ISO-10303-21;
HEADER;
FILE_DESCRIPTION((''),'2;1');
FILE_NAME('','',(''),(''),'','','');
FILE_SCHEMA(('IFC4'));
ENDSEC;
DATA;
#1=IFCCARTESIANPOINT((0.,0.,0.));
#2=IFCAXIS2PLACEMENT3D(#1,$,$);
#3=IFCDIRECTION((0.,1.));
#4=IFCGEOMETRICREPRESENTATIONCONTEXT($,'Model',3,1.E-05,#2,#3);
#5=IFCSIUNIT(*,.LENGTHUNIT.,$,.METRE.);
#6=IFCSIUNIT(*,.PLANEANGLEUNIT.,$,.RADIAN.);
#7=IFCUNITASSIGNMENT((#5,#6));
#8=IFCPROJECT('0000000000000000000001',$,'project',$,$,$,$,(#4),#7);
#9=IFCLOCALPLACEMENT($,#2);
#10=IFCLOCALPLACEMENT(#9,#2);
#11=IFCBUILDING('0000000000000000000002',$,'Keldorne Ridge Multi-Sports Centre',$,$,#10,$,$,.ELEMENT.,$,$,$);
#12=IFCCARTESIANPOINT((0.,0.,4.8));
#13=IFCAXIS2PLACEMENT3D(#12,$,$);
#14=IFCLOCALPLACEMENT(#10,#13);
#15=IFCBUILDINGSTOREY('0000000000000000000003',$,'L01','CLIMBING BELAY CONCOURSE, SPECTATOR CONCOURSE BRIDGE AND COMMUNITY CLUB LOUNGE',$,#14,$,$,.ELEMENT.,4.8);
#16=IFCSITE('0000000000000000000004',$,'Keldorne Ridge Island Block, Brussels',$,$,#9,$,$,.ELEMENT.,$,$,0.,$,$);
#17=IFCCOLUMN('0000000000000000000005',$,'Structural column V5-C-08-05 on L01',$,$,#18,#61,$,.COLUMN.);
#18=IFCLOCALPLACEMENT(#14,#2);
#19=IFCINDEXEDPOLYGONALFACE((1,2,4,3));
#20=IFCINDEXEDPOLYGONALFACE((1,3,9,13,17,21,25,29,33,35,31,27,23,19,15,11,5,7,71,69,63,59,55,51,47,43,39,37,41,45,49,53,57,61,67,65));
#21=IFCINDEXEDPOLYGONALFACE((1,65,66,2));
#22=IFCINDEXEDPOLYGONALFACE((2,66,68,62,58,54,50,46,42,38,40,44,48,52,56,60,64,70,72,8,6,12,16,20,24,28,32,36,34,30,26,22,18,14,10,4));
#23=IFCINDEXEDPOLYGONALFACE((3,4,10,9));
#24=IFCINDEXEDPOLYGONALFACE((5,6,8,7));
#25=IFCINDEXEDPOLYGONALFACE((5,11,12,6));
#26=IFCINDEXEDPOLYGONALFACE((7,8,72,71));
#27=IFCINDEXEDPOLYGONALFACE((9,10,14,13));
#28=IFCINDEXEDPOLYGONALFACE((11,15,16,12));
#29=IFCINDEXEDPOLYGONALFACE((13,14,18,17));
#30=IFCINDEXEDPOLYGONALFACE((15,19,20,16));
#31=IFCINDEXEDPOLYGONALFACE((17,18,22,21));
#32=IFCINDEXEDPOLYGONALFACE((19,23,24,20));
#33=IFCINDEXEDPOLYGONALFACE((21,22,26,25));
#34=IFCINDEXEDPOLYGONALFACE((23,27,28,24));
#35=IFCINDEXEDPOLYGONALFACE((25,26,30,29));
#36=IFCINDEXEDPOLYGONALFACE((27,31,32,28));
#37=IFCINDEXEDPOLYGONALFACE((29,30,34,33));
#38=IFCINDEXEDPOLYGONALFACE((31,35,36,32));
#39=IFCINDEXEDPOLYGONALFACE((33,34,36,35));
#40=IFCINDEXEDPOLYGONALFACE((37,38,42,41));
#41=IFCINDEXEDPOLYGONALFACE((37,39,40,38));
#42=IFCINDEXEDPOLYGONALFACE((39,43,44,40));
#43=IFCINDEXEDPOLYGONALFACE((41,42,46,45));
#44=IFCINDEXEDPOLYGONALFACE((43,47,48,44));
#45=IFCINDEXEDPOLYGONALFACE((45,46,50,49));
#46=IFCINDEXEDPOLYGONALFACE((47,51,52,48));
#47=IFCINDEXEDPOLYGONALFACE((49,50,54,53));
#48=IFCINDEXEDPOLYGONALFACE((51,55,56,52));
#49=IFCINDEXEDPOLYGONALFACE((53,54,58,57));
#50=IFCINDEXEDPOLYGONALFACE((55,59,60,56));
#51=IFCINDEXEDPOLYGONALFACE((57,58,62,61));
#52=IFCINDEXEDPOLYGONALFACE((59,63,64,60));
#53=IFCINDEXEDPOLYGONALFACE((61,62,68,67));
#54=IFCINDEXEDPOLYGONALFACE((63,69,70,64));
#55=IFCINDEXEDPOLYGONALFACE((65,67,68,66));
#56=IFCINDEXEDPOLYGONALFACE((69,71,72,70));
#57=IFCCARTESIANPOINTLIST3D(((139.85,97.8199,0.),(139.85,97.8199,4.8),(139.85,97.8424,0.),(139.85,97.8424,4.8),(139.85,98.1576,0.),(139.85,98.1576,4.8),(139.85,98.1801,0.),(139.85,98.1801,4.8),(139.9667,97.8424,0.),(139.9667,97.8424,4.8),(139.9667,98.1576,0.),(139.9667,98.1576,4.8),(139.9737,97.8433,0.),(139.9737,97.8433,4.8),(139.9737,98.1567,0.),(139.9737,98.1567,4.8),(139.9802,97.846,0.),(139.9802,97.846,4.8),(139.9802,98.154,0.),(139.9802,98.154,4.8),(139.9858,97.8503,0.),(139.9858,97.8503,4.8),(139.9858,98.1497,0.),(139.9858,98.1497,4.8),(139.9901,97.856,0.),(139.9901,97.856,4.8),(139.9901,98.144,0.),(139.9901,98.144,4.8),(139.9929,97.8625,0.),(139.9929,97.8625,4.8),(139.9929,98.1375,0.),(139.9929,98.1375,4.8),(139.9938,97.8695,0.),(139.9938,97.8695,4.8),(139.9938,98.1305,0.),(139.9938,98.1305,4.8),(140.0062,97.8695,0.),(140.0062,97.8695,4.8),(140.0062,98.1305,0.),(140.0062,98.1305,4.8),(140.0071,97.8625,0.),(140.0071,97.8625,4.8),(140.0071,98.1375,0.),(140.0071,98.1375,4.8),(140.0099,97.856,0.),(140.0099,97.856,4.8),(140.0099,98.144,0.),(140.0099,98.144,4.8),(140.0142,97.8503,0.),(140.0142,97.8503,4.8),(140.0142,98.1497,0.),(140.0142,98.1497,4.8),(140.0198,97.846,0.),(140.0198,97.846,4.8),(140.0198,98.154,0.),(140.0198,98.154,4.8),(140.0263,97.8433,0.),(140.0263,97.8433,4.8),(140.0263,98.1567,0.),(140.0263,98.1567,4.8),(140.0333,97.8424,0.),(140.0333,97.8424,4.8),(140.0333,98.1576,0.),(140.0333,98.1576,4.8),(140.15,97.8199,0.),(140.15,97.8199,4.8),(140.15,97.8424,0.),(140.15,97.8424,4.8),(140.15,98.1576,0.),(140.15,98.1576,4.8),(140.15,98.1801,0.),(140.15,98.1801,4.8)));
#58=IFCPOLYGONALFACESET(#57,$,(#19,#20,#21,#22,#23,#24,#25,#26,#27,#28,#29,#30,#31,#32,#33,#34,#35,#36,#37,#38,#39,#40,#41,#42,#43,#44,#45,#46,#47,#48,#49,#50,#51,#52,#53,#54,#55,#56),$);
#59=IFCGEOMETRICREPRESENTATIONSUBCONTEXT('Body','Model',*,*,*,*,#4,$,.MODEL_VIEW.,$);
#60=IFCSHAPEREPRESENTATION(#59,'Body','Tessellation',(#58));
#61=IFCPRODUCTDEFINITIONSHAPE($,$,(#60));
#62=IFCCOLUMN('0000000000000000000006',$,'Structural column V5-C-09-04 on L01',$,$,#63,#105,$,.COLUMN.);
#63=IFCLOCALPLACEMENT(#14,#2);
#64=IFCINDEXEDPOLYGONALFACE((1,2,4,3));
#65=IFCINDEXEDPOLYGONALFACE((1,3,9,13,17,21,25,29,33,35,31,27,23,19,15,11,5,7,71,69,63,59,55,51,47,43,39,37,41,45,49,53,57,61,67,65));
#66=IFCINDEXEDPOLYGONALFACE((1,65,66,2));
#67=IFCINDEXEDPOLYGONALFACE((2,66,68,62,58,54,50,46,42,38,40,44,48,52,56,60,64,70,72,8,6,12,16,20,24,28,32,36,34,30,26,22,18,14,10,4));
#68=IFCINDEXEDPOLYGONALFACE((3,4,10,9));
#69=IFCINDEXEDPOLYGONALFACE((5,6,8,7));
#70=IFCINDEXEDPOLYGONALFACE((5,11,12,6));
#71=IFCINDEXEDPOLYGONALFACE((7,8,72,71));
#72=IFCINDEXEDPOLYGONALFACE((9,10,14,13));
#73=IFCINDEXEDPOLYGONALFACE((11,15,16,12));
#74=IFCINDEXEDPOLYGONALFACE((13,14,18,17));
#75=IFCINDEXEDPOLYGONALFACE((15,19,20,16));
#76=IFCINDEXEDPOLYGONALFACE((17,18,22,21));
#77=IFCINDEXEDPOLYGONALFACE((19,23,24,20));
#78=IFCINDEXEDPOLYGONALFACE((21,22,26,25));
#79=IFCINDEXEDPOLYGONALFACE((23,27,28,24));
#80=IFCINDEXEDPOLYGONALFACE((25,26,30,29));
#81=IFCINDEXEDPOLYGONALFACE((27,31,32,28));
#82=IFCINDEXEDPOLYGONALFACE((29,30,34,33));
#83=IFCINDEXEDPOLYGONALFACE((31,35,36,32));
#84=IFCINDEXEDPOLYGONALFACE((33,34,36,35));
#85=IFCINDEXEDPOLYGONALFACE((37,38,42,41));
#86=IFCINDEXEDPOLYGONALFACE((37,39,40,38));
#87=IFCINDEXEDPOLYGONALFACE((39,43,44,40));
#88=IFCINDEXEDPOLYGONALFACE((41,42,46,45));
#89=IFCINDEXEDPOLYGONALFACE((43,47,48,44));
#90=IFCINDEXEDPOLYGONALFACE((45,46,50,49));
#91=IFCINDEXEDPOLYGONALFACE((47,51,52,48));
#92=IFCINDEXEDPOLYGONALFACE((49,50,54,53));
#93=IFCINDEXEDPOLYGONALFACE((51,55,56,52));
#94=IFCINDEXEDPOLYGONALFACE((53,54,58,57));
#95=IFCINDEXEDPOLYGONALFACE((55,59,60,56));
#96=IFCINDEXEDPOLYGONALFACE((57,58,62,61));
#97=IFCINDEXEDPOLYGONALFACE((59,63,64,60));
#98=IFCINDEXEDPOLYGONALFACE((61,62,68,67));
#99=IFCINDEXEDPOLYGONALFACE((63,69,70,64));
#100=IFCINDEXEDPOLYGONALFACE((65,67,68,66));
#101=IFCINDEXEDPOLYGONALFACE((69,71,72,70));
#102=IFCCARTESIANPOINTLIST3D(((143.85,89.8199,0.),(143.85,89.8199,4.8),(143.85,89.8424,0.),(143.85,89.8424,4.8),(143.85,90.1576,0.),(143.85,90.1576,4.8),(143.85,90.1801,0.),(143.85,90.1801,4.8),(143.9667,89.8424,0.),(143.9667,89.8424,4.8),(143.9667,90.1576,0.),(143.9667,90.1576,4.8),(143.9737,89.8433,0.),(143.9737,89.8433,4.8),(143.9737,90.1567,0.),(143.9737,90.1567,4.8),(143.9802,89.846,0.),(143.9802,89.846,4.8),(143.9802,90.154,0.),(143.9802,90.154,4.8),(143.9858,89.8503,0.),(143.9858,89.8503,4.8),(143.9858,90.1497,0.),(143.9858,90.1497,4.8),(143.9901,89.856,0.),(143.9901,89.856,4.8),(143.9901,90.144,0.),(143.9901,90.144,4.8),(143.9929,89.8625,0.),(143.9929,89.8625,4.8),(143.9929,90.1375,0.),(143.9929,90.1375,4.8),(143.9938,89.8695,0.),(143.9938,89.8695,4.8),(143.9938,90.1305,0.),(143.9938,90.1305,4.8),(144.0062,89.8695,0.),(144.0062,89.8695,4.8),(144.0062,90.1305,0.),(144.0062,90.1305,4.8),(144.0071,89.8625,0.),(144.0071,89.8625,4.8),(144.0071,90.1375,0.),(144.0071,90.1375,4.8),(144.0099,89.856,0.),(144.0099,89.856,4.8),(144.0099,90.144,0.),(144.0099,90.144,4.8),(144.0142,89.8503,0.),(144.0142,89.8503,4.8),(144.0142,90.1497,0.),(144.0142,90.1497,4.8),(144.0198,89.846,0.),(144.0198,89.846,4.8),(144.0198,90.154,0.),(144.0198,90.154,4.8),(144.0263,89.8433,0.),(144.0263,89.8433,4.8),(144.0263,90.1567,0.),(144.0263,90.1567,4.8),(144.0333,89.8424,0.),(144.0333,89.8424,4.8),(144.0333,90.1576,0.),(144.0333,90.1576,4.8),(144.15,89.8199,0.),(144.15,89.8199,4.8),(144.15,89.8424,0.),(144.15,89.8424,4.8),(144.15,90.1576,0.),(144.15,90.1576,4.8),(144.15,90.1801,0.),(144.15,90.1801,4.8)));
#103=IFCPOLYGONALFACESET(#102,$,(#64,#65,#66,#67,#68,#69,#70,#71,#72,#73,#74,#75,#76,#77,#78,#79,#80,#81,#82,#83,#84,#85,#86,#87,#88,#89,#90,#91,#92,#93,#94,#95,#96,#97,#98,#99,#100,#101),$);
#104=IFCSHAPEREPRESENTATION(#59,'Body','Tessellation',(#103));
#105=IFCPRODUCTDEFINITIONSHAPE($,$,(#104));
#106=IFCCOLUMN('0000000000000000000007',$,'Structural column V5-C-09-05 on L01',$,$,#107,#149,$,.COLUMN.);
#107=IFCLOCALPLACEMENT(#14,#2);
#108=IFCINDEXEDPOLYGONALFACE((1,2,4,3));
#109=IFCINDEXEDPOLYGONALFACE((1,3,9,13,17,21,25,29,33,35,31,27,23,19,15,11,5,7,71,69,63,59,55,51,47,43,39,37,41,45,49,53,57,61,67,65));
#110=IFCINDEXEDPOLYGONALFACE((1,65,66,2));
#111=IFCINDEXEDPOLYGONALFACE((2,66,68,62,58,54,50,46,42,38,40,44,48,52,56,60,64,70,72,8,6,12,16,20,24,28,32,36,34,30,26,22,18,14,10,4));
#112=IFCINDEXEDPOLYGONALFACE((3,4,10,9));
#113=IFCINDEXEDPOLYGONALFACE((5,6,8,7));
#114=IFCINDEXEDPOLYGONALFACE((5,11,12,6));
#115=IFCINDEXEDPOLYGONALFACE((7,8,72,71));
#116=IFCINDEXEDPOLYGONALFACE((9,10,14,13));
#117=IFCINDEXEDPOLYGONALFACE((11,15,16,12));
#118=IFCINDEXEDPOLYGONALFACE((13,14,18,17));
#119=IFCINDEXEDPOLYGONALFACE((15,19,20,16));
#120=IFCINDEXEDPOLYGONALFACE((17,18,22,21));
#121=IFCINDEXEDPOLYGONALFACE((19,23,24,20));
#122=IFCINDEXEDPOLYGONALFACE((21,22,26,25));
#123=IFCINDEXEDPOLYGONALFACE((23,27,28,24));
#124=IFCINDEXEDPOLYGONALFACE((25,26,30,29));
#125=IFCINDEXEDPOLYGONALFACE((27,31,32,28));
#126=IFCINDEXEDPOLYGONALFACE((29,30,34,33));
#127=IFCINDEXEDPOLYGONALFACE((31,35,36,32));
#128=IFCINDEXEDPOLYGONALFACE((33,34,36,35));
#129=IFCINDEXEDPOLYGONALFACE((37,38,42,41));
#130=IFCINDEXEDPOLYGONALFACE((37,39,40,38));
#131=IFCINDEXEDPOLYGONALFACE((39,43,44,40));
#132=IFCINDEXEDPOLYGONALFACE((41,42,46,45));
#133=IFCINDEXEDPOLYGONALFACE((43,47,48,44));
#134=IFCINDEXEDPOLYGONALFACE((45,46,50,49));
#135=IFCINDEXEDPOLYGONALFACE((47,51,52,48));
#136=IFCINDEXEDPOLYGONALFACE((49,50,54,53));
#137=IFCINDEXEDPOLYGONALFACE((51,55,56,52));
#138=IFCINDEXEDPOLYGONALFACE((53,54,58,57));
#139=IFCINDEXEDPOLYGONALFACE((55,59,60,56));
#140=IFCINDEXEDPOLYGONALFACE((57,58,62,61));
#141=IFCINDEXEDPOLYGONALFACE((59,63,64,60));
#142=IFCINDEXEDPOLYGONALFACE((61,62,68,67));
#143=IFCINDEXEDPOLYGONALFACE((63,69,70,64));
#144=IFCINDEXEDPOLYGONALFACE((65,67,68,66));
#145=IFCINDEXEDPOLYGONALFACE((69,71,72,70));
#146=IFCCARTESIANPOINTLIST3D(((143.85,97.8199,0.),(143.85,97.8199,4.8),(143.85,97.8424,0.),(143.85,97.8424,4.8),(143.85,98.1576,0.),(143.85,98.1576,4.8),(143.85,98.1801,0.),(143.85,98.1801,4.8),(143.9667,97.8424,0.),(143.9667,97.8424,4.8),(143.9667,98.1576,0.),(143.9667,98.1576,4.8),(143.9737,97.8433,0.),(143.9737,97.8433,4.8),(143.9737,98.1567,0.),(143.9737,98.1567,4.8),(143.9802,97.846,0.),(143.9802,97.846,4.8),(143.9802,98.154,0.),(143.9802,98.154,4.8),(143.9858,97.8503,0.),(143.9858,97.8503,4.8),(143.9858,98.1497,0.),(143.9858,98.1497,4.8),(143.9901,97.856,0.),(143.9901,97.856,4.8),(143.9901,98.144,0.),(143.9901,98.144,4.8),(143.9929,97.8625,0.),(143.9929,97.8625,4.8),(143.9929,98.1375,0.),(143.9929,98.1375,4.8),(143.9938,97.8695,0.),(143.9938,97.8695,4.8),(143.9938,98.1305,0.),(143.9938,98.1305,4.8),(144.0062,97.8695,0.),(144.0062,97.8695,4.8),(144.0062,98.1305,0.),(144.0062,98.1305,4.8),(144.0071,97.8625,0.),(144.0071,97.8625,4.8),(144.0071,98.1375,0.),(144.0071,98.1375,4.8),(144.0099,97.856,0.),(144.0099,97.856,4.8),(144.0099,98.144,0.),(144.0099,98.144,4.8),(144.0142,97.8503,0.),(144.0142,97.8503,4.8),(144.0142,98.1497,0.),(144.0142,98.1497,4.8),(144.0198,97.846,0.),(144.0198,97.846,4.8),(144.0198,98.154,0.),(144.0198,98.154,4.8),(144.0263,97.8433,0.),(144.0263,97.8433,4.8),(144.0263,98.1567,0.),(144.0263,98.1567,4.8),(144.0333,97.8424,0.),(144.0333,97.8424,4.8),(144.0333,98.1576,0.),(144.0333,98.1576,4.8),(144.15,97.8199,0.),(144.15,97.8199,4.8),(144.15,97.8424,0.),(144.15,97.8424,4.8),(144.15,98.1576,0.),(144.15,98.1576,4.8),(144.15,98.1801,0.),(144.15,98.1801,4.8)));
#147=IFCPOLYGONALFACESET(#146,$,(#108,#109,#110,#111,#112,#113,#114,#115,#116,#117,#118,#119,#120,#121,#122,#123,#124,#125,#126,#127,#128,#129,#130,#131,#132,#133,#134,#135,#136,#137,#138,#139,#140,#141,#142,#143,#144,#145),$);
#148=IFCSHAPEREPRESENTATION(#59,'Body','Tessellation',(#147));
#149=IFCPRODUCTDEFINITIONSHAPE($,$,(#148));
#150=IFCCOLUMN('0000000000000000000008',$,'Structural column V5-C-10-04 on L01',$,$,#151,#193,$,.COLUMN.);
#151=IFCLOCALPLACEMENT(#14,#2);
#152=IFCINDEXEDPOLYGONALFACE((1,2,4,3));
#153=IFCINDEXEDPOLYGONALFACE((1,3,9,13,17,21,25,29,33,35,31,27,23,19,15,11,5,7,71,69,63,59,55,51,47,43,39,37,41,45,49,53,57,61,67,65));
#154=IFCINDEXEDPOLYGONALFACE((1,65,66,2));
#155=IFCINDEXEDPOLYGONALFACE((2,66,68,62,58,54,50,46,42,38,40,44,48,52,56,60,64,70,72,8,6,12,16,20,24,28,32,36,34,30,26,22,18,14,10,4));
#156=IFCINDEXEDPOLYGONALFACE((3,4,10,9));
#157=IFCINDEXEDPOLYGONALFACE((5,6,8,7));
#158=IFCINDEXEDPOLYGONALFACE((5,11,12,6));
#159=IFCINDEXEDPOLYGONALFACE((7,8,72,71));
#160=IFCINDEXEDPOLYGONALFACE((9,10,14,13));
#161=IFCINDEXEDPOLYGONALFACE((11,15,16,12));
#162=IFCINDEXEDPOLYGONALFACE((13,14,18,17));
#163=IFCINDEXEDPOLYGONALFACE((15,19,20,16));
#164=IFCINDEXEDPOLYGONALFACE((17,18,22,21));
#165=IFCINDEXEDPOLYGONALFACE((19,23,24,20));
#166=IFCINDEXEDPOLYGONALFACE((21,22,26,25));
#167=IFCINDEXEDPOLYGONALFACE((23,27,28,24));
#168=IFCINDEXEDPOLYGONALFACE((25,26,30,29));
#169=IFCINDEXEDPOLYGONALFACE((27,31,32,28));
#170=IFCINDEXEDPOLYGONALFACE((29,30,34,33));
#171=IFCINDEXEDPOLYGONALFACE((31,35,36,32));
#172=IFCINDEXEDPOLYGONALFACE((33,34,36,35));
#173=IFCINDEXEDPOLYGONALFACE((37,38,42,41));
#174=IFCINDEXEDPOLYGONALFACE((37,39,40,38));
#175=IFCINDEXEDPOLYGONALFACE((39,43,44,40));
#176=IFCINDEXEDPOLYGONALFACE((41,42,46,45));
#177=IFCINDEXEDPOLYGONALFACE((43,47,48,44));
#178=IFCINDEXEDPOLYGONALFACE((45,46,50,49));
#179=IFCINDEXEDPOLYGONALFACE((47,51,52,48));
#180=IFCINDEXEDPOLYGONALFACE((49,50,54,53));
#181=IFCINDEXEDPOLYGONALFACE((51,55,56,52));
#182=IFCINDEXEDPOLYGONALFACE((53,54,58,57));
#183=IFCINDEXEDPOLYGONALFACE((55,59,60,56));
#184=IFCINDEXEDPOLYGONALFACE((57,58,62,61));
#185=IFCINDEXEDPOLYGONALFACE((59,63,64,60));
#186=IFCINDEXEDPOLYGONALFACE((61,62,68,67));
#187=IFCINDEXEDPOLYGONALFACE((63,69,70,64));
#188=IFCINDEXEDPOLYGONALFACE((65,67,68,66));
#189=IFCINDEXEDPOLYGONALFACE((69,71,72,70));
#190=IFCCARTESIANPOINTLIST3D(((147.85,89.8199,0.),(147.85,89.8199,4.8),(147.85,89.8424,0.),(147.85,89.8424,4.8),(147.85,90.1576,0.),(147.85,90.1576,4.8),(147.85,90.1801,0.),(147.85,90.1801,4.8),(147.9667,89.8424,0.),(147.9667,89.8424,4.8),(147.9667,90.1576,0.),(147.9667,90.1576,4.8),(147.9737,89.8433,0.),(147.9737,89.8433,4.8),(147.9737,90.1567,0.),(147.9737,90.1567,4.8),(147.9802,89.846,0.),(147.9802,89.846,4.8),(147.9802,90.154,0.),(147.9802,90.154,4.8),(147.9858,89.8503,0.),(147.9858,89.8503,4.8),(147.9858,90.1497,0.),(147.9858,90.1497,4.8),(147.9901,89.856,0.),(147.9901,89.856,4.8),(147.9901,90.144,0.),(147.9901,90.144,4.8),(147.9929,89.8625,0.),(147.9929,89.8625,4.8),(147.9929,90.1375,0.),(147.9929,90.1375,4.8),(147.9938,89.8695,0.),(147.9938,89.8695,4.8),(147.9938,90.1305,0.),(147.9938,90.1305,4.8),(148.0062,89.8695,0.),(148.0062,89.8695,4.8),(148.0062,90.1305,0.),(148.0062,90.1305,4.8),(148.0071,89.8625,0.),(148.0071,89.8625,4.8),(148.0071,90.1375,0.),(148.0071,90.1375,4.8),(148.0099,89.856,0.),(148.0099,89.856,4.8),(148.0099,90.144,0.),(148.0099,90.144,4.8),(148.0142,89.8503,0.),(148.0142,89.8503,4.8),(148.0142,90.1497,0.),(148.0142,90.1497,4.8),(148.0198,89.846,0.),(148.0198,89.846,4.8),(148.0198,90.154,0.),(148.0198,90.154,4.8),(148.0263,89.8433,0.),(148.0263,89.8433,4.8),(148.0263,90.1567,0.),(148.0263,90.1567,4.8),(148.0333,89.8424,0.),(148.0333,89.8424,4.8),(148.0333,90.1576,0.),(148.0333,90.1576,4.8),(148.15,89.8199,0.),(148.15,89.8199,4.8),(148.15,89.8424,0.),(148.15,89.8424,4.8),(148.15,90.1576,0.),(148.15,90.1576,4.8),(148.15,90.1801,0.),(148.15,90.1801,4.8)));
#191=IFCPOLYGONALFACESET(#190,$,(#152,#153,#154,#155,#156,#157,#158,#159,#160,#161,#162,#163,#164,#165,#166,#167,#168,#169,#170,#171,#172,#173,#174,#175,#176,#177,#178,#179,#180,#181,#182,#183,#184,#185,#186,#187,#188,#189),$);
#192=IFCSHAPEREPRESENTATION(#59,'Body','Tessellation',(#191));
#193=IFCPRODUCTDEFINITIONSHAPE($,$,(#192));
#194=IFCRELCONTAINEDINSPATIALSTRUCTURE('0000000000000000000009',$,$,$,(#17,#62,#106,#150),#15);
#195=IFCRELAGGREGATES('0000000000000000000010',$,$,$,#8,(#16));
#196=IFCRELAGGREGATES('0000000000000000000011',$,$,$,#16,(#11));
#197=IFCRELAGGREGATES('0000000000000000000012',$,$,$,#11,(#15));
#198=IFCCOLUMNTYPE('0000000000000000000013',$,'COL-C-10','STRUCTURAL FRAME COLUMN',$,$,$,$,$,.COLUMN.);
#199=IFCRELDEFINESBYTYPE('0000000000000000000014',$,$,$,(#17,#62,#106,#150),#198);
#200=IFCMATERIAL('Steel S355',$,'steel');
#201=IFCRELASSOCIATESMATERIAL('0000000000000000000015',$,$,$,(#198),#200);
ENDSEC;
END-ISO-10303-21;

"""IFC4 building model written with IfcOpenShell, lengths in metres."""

from ifc_helpers import new_model, si_unit, direction, frame, origin, origin_2d, place, context, subcontext, project, spatial, i_section, extrude, material, material_profile, profile_set, type_object, element, save


model = new_model("IFC4")

# Units and contexts
model_context = context("Model", 3, precision=1e-05, world=origin(), true_north=direction((0.0, 1.0)))
body_context = subcontext(model_context, "Body", "Model", "MODEL_VIEW")
ifc_project = project(units=[si_unit("LENGTHUNIT", "METRE"), si_unit("PLANEANGLEUNIT", "RADIAN")], contexts=[model_context])

# Site, building, storey
site_placement = place(None, origin())
site = spatial("IfcSite", under=ifc_project, at=site_placement, Name="Keldorne Ridge Island Block, Brussels", CompositionType="ELEMENT", RefElevation=0.0)
building_placement = place(site_placement, origin())
building = spatial("IfcBuilding", under=site, at=building_placement, Name="Keldorne Ridge Multi-Sports Centre", CompositionType="ELEMENT")
storey_placement = place(building_placement, frame((0.0, 0.0, 4.8)))
storey = spatial("IfcBuildingStorey", under=building, at=storey_placement, Name="L01", Description="CLIMBING BELAY CONCOURSE, SPECTATOR CONCOURSE BRIDGE AND COMMUNITY CLUB LOUNGE", CompositionType="ELEMENT", Elevation=4.8)

# Columns
ifc_material_1 = material(Name="Steel S355", Category="steel")
ifc_material_profile_1 = material_profile(ifc_material_1, i_section(OverallWidth=0.3, OverallDepth=0.3601, WebThickness=0.0125, FlangeThickness=0.0225, FilletRadius=0.0271, at=origin_2d()), Name="HEB 360")
ifc_profile_set_1 = profile_set([ifc_material_profile_1], Name="Steel S355")
column_type = type_object("IfcColumnType", Name="COL-C-10", Description="STRUCTURAL FRAME COLUMN", PredefinedType="COLUMN", material=ifc_profile_set_1)
for number, where, z_axis, x_axis, name in (
    (1, (140.0, 98.0, 0.0), (0.0, 0.0, 1.0), (1.0, 0.0, 0.0), "Structural column V5-C-08-05 on L01"),
    (2, (144.0, 90.0, 0.0), (0.0, 0.0, 1.0), (1.0, 0.0, 0.0), "Structural column V5-C-09-04 on L01"),
    (3, (144.0, 98.0, 0.0), (0.0, 0.0, 1.0), (1.0, 0.0, 0.0), "Structural column V5-C-09-05 on L01"),
    (4, (148.0, 90.0, 0.0), (0.0, 0.0, 1.0), (1.0, 0.0, 0.0), "Structural column V5-C-10-04 on L01"),
):
    element("IfcColumn", number, at=place(storey_placement, frame(where, z_axis=z_axis, x_axis=x_axis)), inside=storey, type_object=column_type, Name=name, PredefinedType="COLUMN", context=body_context, shape_type="SweptSolid", body=[
        extrude(i_section(OverallWidth=0.3, OverallDepth=0.3601, WebThickness=0.0125, FlangeThickness=0.0225, FilletRadius=0.0271, at=origin_2d()), origin(), (0.0, 0.0, 1.0), 4.8),
    ])

save(model, "model.ifc")
